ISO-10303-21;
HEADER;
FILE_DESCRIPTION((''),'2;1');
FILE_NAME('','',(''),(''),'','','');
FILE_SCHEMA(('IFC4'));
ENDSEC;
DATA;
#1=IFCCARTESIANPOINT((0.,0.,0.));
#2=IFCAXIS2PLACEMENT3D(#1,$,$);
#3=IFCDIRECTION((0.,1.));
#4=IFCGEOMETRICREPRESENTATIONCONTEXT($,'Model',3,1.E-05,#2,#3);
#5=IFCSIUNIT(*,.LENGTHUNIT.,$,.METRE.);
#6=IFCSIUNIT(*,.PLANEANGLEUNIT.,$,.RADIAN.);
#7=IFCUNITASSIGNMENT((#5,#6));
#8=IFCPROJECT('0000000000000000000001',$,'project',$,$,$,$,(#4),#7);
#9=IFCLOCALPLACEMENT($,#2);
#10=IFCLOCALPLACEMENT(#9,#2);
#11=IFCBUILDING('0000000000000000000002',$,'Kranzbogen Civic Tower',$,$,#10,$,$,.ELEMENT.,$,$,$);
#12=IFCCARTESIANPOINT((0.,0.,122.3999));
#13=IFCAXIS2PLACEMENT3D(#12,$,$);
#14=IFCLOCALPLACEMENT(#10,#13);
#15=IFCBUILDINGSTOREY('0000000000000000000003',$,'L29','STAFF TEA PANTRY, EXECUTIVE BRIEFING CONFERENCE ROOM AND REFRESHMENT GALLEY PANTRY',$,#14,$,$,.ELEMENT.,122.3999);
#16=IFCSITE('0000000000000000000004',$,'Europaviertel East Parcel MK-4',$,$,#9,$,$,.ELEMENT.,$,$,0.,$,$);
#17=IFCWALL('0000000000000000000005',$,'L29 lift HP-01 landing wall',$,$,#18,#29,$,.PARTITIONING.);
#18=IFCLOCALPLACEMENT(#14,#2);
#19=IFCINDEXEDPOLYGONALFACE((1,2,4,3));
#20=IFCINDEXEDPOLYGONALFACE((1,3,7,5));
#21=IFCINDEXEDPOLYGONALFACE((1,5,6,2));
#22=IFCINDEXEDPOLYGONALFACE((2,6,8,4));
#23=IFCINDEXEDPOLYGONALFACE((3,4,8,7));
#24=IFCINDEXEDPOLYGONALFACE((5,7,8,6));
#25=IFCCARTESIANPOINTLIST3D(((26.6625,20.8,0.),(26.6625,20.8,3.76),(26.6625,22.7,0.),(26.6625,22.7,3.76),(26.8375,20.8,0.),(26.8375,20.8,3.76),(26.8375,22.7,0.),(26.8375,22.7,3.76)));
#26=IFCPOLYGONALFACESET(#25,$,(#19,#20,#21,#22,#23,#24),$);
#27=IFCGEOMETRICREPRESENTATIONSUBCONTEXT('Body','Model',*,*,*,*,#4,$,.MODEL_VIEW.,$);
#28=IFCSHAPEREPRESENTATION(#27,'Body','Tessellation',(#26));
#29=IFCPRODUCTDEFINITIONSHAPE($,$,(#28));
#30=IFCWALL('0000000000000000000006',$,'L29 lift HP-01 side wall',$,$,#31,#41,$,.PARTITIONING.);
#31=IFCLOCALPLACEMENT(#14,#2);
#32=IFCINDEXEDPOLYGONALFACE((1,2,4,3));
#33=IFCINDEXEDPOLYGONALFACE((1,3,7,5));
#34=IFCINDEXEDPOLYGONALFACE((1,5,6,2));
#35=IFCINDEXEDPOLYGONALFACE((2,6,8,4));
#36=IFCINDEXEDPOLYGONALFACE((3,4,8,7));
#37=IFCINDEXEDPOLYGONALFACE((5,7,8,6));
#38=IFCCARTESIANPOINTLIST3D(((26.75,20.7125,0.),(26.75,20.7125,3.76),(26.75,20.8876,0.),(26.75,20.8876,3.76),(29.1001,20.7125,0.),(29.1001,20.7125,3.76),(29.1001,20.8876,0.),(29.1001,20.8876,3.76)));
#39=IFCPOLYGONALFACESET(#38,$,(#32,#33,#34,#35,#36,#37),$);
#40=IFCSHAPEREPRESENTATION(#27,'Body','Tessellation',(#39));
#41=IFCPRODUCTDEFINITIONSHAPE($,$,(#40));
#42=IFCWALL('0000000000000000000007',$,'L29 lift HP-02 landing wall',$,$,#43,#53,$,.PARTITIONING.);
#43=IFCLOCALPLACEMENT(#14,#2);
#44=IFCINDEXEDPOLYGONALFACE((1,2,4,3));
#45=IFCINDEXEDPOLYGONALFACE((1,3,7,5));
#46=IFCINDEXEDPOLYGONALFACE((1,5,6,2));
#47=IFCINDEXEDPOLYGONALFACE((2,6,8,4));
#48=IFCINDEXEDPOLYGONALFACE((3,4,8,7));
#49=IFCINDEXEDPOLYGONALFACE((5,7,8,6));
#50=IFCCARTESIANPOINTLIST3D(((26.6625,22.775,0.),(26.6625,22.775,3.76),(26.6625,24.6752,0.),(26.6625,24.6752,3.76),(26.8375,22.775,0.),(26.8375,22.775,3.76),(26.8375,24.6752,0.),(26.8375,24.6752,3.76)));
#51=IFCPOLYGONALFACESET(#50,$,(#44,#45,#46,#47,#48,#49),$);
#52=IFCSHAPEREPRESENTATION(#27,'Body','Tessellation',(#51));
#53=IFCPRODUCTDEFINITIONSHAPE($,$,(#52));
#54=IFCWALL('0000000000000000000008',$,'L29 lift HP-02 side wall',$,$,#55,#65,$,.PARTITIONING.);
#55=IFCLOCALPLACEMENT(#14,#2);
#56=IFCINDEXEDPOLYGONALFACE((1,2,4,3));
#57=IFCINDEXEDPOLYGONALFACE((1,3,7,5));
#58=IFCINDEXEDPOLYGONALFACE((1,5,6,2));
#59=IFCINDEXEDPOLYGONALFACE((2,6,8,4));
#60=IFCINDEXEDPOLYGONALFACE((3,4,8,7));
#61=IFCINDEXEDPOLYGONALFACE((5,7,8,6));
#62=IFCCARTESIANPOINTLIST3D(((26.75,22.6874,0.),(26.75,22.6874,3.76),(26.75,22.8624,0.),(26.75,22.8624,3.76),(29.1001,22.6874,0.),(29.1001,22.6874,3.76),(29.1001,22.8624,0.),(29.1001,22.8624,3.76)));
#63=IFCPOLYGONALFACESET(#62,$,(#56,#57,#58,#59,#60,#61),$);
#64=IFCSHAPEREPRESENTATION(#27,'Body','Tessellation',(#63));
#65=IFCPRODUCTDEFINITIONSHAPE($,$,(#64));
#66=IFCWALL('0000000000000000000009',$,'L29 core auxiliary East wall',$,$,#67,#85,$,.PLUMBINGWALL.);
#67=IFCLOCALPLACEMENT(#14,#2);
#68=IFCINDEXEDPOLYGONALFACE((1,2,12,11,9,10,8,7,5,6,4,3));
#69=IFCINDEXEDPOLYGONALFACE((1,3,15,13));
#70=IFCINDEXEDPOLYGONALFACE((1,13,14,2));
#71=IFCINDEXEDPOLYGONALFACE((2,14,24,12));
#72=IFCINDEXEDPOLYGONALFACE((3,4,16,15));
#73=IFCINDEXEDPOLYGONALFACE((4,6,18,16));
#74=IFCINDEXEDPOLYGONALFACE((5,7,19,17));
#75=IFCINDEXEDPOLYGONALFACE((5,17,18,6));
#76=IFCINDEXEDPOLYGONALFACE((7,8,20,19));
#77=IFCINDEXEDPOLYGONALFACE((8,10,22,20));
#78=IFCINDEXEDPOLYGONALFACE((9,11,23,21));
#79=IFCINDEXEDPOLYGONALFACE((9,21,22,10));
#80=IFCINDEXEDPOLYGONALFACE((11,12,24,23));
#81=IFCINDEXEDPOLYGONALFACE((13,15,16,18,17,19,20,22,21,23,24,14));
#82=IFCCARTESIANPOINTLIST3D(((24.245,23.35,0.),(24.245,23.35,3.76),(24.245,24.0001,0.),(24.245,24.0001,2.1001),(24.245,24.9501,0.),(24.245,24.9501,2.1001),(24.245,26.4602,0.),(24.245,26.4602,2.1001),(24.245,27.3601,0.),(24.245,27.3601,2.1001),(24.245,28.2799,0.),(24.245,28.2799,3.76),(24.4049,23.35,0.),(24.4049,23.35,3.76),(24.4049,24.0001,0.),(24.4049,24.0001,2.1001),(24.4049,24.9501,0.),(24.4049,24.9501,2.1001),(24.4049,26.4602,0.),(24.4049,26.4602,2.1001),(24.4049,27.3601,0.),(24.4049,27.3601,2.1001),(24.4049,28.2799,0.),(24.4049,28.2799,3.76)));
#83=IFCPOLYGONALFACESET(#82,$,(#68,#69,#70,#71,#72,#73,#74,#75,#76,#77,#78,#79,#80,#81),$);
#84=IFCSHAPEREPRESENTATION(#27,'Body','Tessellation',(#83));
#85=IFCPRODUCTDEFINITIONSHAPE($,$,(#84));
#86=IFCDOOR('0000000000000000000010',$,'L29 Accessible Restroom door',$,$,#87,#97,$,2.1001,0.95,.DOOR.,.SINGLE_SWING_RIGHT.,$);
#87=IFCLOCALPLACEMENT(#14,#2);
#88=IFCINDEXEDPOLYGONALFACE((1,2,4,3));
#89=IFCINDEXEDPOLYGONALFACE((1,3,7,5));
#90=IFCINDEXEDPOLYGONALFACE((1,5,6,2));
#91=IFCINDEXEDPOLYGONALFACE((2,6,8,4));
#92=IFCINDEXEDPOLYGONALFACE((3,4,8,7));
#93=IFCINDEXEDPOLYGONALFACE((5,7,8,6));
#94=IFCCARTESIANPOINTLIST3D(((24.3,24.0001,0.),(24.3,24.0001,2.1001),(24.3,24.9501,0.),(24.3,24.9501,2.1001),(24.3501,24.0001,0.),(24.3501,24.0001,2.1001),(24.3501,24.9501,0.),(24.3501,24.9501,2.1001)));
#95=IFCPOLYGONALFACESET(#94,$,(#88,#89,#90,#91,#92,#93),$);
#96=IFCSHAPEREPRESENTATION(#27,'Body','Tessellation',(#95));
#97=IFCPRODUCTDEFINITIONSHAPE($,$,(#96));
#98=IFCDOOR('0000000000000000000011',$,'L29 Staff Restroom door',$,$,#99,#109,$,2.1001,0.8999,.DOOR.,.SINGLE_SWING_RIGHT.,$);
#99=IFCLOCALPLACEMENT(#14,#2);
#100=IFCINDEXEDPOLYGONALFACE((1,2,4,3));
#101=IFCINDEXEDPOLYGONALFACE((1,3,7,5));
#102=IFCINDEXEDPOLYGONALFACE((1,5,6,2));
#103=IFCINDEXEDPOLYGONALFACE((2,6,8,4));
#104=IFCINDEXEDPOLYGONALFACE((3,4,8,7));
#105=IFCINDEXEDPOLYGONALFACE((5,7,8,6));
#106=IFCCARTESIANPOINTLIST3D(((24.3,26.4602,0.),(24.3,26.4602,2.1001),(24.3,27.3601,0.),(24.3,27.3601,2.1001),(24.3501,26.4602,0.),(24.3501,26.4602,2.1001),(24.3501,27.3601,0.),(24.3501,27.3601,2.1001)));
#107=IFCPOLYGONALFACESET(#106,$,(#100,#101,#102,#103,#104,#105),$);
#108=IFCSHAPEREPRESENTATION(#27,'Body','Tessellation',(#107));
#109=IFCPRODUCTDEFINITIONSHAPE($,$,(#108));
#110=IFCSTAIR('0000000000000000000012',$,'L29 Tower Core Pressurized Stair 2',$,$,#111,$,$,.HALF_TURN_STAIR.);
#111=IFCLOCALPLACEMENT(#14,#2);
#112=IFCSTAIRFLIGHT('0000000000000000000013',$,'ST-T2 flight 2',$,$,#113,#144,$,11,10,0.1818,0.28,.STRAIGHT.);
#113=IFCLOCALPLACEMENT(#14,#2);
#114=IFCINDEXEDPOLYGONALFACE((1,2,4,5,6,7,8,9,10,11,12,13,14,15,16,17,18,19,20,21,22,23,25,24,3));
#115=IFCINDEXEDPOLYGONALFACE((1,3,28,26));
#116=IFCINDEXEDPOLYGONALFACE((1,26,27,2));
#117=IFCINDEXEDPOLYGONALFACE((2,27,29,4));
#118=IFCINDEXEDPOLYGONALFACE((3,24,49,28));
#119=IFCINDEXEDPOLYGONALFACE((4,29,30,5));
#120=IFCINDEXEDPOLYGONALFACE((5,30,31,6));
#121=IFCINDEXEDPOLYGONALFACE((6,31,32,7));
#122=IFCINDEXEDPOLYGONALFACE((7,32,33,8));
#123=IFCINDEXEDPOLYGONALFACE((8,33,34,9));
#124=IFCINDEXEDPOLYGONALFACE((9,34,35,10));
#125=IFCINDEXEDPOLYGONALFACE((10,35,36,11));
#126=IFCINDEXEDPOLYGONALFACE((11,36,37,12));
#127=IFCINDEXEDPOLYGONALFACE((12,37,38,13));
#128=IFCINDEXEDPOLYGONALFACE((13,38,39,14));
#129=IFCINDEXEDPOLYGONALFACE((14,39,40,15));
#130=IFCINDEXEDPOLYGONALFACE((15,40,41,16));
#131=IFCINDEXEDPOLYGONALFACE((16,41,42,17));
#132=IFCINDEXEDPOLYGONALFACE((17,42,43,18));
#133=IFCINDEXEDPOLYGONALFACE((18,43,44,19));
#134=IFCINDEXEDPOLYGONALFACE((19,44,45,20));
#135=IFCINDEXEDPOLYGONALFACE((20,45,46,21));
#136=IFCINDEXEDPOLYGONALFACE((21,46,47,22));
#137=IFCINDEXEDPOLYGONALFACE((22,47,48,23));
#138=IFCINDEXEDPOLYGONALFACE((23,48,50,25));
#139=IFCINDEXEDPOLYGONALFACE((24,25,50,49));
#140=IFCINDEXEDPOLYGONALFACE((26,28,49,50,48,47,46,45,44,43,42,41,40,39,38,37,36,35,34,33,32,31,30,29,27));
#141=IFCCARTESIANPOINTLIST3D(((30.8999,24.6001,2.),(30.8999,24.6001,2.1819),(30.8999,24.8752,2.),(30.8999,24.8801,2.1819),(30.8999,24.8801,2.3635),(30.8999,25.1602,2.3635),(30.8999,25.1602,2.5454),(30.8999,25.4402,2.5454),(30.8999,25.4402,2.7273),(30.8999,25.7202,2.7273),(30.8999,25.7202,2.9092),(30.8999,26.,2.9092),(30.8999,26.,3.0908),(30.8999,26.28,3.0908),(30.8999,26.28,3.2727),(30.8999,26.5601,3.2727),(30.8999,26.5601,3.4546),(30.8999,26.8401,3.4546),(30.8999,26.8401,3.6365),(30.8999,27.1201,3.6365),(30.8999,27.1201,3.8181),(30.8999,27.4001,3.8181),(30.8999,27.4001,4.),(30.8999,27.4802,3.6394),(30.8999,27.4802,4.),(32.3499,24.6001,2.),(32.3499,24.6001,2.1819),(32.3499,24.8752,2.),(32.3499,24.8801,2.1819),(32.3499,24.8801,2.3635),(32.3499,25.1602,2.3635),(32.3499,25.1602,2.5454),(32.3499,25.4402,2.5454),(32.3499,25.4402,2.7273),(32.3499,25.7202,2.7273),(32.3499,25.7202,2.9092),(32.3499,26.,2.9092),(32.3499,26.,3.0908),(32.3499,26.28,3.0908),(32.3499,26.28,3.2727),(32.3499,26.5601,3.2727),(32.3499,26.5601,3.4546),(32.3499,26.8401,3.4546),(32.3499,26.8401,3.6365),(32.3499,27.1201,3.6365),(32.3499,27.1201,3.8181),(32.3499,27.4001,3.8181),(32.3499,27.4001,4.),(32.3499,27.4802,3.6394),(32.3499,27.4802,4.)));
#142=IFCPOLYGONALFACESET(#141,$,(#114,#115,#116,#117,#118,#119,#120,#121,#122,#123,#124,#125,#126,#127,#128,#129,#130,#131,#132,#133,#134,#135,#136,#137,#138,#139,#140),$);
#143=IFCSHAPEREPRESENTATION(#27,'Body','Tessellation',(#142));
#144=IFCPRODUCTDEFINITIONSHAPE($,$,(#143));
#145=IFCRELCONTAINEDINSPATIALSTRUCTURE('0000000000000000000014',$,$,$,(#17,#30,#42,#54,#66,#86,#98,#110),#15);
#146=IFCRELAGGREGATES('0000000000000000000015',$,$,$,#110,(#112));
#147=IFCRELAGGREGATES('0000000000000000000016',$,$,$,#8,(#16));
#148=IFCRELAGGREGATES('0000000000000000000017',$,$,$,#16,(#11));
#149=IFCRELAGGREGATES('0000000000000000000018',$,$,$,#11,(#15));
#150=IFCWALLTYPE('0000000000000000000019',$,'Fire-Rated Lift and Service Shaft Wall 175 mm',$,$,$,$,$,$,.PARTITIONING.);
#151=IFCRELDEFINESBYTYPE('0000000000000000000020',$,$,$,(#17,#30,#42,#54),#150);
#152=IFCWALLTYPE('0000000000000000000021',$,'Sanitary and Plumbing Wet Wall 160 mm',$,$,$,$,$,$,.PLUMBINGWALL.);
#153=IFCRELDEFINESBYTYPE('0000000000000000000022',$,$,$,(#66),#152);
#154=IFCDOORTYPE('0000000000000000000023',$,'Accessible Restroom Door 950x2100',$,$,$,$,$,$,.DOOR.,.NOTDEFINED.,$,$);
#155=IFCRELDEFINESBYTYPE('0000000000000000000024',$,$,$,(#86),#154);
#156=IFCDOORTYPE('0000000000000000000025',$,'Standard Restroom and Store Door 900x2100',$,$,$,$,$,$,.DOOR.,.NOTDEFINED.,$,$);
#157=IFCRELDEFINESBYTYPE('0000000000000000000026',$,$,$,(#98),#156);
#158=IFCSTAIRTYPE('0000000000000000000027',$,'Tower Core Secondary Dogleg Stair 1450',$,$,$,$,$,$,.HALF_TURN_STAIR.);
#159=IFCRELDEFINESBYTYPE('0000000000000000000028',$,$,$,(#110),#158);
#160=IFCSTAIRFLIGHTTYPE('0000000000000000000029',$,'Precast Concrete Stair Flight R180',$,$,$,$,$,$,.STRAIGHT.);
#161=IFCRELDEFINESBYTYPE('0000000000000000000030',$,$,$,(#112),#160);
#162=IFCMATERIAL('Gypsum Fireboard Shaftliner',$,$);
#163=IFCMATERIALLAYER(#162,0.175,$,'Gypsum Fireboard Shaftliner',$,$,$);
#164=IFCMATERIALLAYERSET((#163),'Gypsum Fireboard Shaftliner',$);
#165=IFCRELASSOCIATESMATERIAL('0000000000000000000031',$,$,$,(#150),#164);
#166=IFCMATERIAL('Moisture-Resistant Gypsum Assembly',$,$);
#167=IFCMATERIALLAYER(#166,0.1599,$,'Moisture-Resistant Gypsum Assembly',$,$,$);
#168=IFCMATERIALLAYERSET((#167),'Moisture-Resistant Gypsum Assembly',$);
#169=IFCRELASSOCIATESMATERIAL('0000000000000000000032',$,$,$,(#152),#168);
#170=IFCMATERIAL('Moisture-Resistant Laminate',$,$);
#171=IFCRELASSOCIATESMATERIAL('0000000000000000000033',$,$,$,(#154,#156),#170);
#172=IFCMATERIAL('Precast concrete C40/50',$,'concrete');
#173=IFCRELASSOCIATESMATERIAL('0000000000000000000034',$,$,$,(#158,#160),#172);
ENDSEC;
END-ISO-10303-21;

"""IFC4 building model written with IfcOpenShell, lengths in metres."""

from ifc_helpers import new_model, si_unit, direction, frame, frame_2d, origin, place, context, subcontext, project, spatial, polyline, rectangle, outline, extrude, material, layer, layer_set, type_object, element, fill, aggregate, save


model = new_model("IFC4")

# Units and contexts
model_context = context("Model", 3, precision=1e-05, world=origin(), true_north=direction((0.0, 1.0)))
body_context = subcontext(model_context, "Body", "Model", "MODEL_VIEW")
ifc_project = project(units=[si_unit("LENGTHUNIT", "METRE"), si_unit("PLANEANGLEUNIT", "RADIAN")], contexts=[model_context])

# Site, building, storey
site_placement = place(None, origin())
site = spatial("IfcSite", under=ifc_project, at=site_placement, Name="Europaviertel East Parcel MK-4", CompositionType="ELEMENT", RefElevation=0.0)
building_placement = place(site_placement, origin())
building = spatial("IfcBuilding", under=site, at=building_placement, Name="Kranzbogen Civic Tower", CompositionType="ELEMENT")
storey_placement = place(building_placement, frame((0.0, 0.0, 122.3999)))
storey = spatial("IfcBuildingStorey", under=building, at=storey_placement, Name="L29", Description="STAFF TEA PANTRY, EXECUTIVE BRIEFING CONFERENCE ROOM AND REFRESHMENT GALLEY PANTRY", CompositionType="ELEMENT", Elevation=122.3999)

# Walls
ifc_material_1 = material(Name="Gypsum Fireboard Shaftliner")
ifc_layer_1 = layer(ifc_material_1, 0.175, Name="Gypsum Fireboard Shaftliner")
ifc_layer_set_1 = layer_set([ifc_layer_1], Name="Gypsum Fireboard Shaftliner")
wall_type_1 = type_object("IfcWallType", Name="Fire-Rated Lift and Service Shaft Wall 175 mm", PredefinedType="PARTITIONING", material=ifc_layer_set_1)
wall_1_placement = place(storey_placement, frame((26.75, 20.8, 0.0), z_axis=(0.0, 0.0, 1.0), x_axis=(0.0, 1.0, 0.0)))
element("IfcWall", 1, at=wall_1_placement, inside=storey, type_object=wall_type_1, Name="L29 lift HP-01 landing wall", PredefinedType="PARTITIONING", context=body_context, shape_type="SweptSolid", body=[
    extrude(rectangle(XDim=1.8999, YDim=0.175, at=frame_2d((0.95, 0.0))), origin(), (0.0, 0.0, 1.0), 3.76),
])
wall_2_placement = place(storey_placement, frame((26.75, 20.8, 0.0), z_axis=(0.0, 0.0, 1.0), x_axis=(1.0, 0.0, 0.0)))
element("IfcWall", 2, at=wall_2_placement, inside=storey, type_object=wall_type_1, Name="L29 lift HP-01 side wall", PredefinedType="PARTITIONING", context=body_context, shape_type="SweptSolid", body=[
    extrude(rectangle(XDim=2.3501, YDim=0.175, at=frame_2d((1.175, 0.0))), origin(), (0.0, 0.0, 1.0), 3.76),
])
wall_3_placement = place(storey_placement, frame((26.75, 22.7749, 0.0), z_axis=(0.0, 0.0, 1.0), x_axis=(0.0, 1.0, 0.0)))
element("IfcWall", 3, at=wall_3_placement, inside=storey, type_object=wall_type_1, Name="L29 lift HP-02 landing wall", PredefinedType="PARTITIONING", context=body_context, shape_type="SweptSolid", body=[
    extrude(rectangle(XDim=1.9001, YDim=0.175, at=frame_2d((0.9502, 0.0))), origin(), (0.0, 0.0, 1.0), 3.76),
])
wall_4_placement = place(storey_placement, frame((26.75, 22.7749, 0.0), z_axis=(0.0, 0.0, 1.0), x_axis=(1.0, 0.0, 0.0)))
element("IfcWall", 4, at=wall_4_placement, inside=storey, type_object=wall_type_1, Name="L29 lift HP-02 side wall", PredefinedType="PARTITIONING", context=body_context, shape_type="SweptSolid", body=[
    extrude(rectangle(XDim=2.3501, YDim=0.175, at=frame_2d((1.175, 0.0))), origin(), (0.0, 0.0, 1.0), 3.76),
])

# Wall, openings, doors
ifc_material_2 = material(Name="Moisture-Resistant Gypsum Assembly")
ifc_layer_2 = layer(ifc_material_2, 0.1599, Name="Moisture-Resistant Gypsum Assembly")
ifc_layer_set_2 = layer_set([ifc_layer_2], Name="Moisture-Resistant Gypsum Assembly")
wall_type_2 = type_object("IfcWallType", Name="Sanitary and Plumbing Wet Wall 160 mm", PredefinedType="PLUMBINGWALL", material=ifc_layer_set_2)
wall_5_placement = place(storey_placement, frame((24.325, 23.3501, 0.0), z_axis=(0.0, 0.0, 1.0), x_axis=(0.0, 1.0, 0.0)))
wall_5 = element("IfcWall", 5, at=wall_5_placement, inside=storey, type_object=wall_type_2, Name="L29 core auxiliary East wall", PredefinedType="PLUMBINGWALL", context=body_context, shape_type="SweptSolid", body=[
    extrude(rectangle(XDim=4.9299, YDim=0.1599, at=frame_2d((2.4648, 0.0))), origin(), (0.0, 0.0, 1.0), 3.76),
])
opening_1_placement = place(wall_5_placement, frame((0.6499, 0.0, 0.0)))
opening_1 = element("IfcOpeningElement", 6, at=opening_1_placement, cuts=wall_5, PredefinedType="OPENING", context=body_context, shape_type="SweptSolid", body=[
    extrude(rectangle(XDim=0.95, YDim=2.1001, at=frame_2d((0.4751, 1.05))), frame((0.0, 0.0898, 0.0), z_axis=(0.0, -1.0, 0.0), x_axis=(1.0, 0.0, 0.0)), (0.0, 0.0, 1.0), 0.1799),
])
opening_2_placement = place(wall_5_placement, frame((3.1101, 0.0, 0.0)))
opening_2 = element("IfcOpeningElement", 7, at=opening_2_placement, cuts=wall_5, PredefinedType="OPENING", context=body_context, shape_type="SweptSolid", body=[
    extrude(rectangle(XDim=0.8999, YDim=2.1001, at=frame_2d((0.45, 1.05))), frame((0.0, 0.0898, 0.0), z_axis=(0.0, -1.0, 0.0), x_axis=(1.0, 0.0, 0.0)), (0.0, 0.0, 1.0), 0.1799),
])
ifc_material_3 = material(Name="Moisture-Resistant Laminate")
door_type_1 = type_object("IfcDoorType", Name="Accessible Restroom Door 950x2100", OperationType="NOTDEFINED", PredefinedType="DOOR", material=ifc_material_3)
door_1_placement = place(opening_1_placement, origin())
door_1 = element("IfcDoor", 8, at=door_1_placement, inside=storey, type_object=door_type_1, Name="L29 Accessible Restroom door", OperationType="SINGLE_SWING_RIGHT", OverallHeight=2.1001, OverallWidth=0.95, PredefinedType="DOOR", context=body_context, shape_type="SweptSolid", body=[
    extrude(rectangle(XDim=0.95, YDim=2.1001, at=frame_2d((0.4751, 1.05))), frame((0.0, 0.0249, 0.0), z_axis=(0.0, -1.0, 0.0), x_axis=(1.0, 0.0, 0.0)), (0.0, 0.0, 1.0), 0.05),
])
fill(opening_1, door_1)
door_type_2 = type_object("IfcDoorType", Name="Standard Restroom and Store Door 900x2100", OperationType="NOTDEFINED", PredefinedType="DOOR", material=ifc_material_3)
door_2_placement = place(opening_2_placement, origin())
door_2 = element("IfcDoor", 9, at=door_2_placement, inside=storey, type_object=door_type_2, Name="L29 Staff Restroom door", OperationType="SINGLE_SWING_RIGHT", OverallHeight=2.1001, OverallWidth=0.8999, PredefinedType="DOOR", context=body_context, shape_type="SweptSolid", body=[
    extrude(rectangle(XDim=0.8999, YDim=2.1001, at=frame_2d((0.45, 1.05))), frame((0.0, 0.0249, 0.0), z_axis=(0.0, -1.0, 0.0), x_axis=(1.0, 0.0, 0.0)), (0.0, 0.0, 1.0), 0.05),
])
fill(opening_2, door_2)

# Stair, stair flight
ifc_material_4 = material(Name="Precast concrete C40/50", Category="concrete")
stair_type = type_object("IfcStairType", Name="Tower Core Secondary Dogleg Stair 1450", PredefinedType="HALF_TURN_STAIR", material=ifc_material_4)
stair_placement = place(storey_placement, origin())
stair = element("IfcStair", 10, at=stair_placement, inside=storey, type_object=stair_type, Name="L29 Tower Core Pressurized Stair 2", PredefinedType="HALF_TURN_STAIR")
stair_flight_type = type_object("IfcStairFlightType", Name="Precast Concrete Stair Flight R180", PredefinedType="STRAIGHT", material=ifc_material_4)
stair_flight_placement = place(storey_placement, frame((31.625, 24.6001, 2.0), z_axis=(0.0, 0.0, 1.0), x_axis=(0.0, 1.0, 0.0)))
stair_flight = element("IfcStairFlight", 11, at=stair_flight_placement, type_object=stair_flight_type, Name="ST-T2 flight 2", NumberOfRisers=11, NumberOfTreads=10, PredefinedType="STRAIGHT", RiserHeight=0.1818, TreadLength=0.28, context=body_context, shape_type="SweptSolid", body=[
    extrude(outline(polyline([(0.0, 0.0), (0.0, 0.1819), (0.28, 0.1819), (0.28, 0.3635), (0.5601, 0.3635), (0.5601, 0.5454), (0.8401, 0.5454), (0.8401, 0.7273), (1.1201, 0.7273), (1.1201, 0.9092), (1.3999, 0.9092), (1.3999, 1.0908), (1.6799, 1.0908), (1.6799, 1.2727), (1.96, 1.2727), (1.96, 1.4546), (2.24, 1.4546), (2.24, 1.6365), (2.52, 1.6365), (2.52, 1.8181), (2.8, 1.8181), (2.8, 2.0), (2.8801, 2.0), (2.8801, 1.6394), (0.2751, 0.0), (0.0, 0.0)])), frame((0.0, 0.7251, 0.0), z_axis=(0.0, -1.0, 0.0), x_axis=(1.0, 0.0, 0.0)), (0.0, 0.0, 1.0), 1.45),
])
aggregate(stair, [stair_flight])

save(model, "model.ifc")
